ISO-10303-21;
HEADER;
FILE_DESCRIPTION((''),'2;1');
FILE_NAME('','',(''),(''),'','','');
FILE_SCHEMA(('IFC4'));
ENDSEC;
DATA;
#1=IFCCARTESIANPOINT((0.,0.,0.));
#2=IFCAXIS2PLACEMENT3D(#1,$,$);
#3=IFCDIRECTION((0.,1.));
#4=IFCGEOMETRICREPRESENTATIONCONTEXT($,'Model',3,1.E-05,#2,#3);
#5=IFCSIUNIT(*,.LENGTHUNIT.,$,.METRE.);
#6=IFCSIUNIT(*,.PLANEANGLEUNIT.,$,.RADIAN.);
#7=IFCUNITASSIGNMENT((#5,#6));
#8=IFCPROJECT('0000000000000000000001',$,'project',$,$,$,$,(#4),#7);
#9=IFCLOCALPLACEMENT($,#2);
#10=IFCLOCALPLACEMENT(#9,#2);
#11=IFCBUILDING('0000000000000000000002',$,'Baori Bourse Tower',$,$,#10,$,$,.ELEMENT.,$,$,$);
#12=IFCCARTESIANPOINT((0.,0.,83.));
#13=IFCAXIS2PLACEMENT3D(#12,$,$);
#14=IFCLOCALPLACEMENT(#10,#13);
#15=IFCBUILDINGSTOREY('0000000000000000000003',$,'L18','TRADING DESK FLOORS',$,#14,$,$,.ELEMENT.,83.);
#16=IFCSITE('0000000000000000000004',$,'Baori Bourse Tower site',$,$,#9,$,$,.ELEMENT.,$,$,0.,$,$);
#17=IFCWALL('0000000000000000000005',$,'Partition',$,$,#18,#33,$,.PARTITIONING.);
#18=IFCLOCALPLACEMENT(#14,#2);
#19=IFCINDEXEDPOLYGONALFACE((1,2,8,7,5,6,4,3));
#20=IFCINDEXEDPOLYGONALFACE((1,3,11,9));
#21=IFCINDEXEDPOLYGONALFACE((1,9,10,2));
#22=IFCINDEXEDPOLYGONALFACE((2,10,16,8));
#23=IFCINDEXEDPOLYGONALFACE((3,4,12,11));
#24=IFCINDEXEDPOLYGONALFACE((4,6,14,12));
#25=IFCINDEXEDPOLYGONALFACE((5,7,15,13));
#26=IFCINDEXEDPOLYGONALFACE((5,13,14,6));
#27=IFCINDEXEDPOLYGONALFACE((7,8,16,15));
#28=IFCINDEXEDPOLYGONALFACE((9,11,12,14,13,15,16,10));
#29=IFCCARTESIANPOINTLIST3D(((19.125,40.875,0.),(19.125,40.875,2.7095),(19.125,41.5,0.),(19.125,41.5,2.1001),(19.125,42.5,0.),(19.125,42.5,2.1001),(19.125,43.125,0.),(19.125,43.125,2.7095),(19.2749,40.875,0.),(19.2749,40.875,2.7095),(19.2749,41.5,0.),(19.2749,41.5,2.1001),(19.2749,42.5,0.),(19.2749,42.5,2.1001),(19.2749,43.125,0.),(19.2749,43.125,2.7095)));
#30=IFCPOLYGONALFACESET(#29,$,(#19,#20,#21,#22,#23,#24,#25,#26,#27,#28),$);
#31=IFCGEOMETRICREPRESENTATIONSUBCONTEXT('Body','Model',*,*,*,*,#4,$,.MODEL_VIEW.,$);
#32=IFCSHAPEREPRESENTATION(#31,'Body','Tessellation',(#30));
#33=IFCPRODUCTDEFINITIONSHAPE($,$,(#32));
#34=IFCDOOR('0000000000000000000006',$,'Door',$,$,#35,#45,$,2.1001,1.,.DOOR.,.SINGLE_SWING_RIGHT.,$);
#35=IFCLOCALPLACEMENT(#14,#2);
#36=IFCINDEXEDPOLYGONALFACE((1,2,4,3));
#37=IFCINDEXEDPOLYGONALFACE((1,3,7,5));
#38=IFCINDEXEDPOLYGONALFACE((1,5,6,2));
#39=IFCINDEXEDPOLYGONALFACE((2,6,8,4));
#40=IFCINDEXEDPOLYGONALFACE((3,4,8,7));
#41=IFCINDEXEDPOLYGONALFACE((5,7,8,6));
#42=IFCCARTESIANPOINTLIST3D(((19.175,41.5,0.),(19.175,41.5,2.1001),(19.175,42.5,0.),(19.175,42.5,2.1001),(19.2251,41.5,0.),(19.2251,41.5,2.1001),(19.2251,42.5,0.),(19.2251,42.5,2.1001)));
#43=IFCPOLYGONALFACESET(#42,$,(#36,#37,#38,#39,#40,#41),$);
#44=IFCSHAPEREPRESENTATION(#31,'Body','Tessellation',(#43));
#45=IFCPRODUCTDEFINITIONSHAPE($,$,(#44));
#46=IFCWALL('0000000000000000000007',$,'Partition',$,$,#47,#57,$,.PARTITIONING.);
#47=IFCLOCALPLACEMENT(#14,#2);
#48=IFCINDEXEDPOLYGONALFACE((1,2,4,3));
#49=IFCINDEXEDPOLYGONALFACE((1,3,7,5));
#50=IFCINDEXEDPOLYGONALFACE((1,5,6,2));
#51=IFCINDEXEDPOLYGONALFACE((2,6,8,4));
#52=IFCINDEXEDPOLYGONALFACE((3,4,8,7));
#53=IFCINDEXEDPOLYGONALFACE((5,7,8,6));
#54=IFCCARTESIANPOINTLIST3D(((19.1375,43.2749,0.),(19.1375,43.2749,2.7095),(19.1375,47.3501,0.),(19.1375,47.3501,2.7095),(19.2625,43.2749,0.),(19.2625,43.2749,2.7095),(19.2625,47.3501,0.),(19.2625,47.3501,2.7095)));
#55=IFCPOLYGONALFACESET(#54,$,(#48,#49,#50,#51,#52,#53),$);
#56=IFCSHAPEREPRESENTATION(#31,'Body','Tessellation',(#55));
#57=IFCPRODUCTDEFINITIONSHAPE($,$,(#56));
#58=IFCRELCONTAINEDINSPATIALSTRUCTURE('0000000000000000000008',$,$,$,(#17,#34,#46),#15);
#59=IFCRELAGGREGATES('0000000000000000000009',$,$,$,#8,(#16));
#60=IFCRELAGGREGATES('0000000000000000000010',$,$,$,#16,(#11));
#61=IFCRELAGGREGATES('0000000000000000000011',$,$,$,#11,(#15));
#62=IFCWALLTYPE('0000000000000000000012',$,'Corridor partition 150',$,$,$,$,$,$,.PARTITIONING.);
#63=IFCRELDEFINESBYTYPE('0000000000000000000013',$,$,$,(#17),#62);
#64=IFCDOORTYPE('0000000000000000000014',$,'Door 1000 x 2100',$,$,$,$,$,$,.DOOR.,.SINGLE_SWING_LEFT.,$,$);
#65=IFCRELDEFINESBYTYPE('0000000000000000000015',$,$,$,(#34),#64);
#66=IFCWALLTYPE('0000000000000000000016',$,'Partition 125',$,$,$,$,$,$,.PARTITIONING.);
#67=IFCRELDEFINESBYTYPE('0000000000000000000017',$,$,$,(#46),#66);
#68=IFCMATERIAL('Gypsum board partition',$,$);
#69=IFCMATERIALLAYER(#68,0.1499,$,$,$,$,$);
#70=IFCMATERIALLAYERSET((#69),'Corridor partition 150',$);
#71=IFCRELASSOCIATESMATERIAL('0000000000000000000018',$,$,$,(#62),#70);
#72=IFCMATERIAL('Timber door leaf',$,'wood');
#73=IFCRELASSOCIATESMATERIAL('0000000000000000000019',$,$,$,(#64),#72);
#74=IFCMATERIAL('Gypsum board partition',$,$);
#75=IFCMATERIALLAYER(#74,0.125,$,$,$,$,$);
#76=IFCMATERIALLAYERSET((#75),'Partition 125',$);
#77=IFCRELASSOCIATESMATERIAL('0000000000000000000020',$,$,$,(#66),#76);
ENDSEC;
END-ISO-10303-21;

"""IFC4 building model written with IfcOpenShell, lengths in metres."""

from ifc_helpers import new_model, si_unit, direction, frame, frame_2d, origin, place, context, subcontext, project, spatial, rectangle, extrude, material, layer, layer_set, type_object, element, fill, save


model = new_model("IFC4")

# Units and contexts
model_context = context("Model", 3, precision=1e-05, world=origin(), true_north=direction((0.0, 1.0)))
body_context = subcontext(model_context, "Body", "Model", "MODEL_VIEW")
ifc_project = project(units=[si_unit("LENGTHUNIT", "METRE"), si_unit("PLANEANGLEUNIT", "RADIAN")], contexts=[model_context])

# Site, building, storey
site_placement = place(None, origin())
site = spatial("IfcSite", under=ifc_project, at=site_placement, Name="Baori Bourse Tower site", CompositionType="ELEMENT", RefElevation=0.0)
building_placement = place(site_placement, origin())
building = spatial("IfcBuilding", under=site, at=building_placement, Name="Baori Bourse Tower", CompositionType="ELEMENT")
storey_placement = place(building_placement, frame((0.0, 0.0, 83.0)))
storey = spatial("IfcBuildingStorey", under=building, at=storey_placement, Name="L18", Description="TRADING DESK FLOORS", CompositionType="ELEMENT", Elevation=83.0)

# Shared definitions
ifc_material_1 = material(Name="Gypsum board partition")
ifc_layer_1 = layer(ifc_material_1, 0.1499)
ifc_layer_set_1 = layer_set([ifc_layer_1], Name="Corridor partition 150")
wall_type_1 = type_object("IfcWallType", Name="Corridor partition 150", PredefinedType="PARTITIONING", material=ifc_layer_set_1)
ifc_material_2 = material(Name="Timber door leaf", Category="wood")
door_type_1 = type_object("IfcDoorType", Name="Door 1000 x 2100", OperationType="SINGLE_SWING_LEFT", PredefinedType="DOOR", material=ifc_material_2)

# Wall, opening, door
wall_1_placement = place(storey_placement, frame((19.2, 40.875, 0.0), z_axis=(0.0, 0.0, 1.0), x_axis=(0.0, 1.0, 0.0)))
wall_1 = element("IfcWall", 1, at=wall_1_placement, inside=storey, type_object=wall_type_1, Name="Partition", PredefinedType="PARTITIONING", context=body_context, shape_type="SweptSolid", body=[
    extrude(rectangle(XDim=2.25, YDim=0.1499, at=frame_2d((1.125, 0.0))), origin(), (0.0, 0.0, 1.0), 2.7095),
])
opening_1_placement = place(wall_1_placement, frame((0.625, 0.0, 0.0)))
opening_1 = element("IfcOpeningElement", 2, at=opening_1_placement, cuts=wall_1, PredefinedType="OPENING", context=body_context, shape_type="SweptSolid", body=[
    extrude(rectangle(XDim=1.0, YDim=2.1001, at=frame_2d((0.5, 1.05))), frame((0.0, 0.085, 0.0), z_axis=(0.0, -1.0, 0.0), x_axis=(1.0, 0.0, 0.0)), (0.0, 0.0, 1.0), 0.1699),
])
door_1_placement = place(opening_1_placement, origin())
door_1 = element("IfcDoor", 3, at=door_1_placement, inside=storey, type_object=door_type_1, Name="Door", OperationType="SINGLE_SWING_RIGHT", OverallHeight=2.1001, OverallWidth=1.0, PredefinedType="DOOR", context=body_context, shape_type="SweptSolid", body=[
    extrude(rectangle(XDim=1.0, YDim=2.1001, at=frame_2d((0.5, 1.05))), frame((0.0, 0.0249, 0.0), z_axis=(0.0, -1.0, 0.0), x_axis=(1.0, 0.0, 0.0)), (0.0, 0.0, 1.0), 0.05),
])
fill(opening_1, door_1)

# Wall
ifc_material_3 = material(Name="Gypsum board partition")
ifc_layer_2 = layer(ifc_material_3, 0.125)
ifc_layer_set_2 = layer_set([ifc_layer_2], Name="Partition 125")
wall_type_2 = type_object("IfcWallType", Name="Partition 125", PredefinedType="PARTITIONING", material=ifc_layer_set_2)
wall_2_placement = place(storey_placement, frame((19.2, 43.2749, 0.0), z_axis=(0.0, 0.0, 1.0), x_axis=(0.0, 1.0, 0.0)))
element("IfcWall", 4, at=wall_2_placement, inside=storey, type_object=wall_type_2, Name="Partition", PredefinedType="PARTITIONING", context=body_context, shape_type="SweptSolid", body=[
    extrude(rectangle(XDim=4.0752, YDim=0.125, at=frame_2d((2.0376, 0.0))), origin(), (0.0, 0.0, 1.0), 2.7095),
])

save(model, "model.ifc")
